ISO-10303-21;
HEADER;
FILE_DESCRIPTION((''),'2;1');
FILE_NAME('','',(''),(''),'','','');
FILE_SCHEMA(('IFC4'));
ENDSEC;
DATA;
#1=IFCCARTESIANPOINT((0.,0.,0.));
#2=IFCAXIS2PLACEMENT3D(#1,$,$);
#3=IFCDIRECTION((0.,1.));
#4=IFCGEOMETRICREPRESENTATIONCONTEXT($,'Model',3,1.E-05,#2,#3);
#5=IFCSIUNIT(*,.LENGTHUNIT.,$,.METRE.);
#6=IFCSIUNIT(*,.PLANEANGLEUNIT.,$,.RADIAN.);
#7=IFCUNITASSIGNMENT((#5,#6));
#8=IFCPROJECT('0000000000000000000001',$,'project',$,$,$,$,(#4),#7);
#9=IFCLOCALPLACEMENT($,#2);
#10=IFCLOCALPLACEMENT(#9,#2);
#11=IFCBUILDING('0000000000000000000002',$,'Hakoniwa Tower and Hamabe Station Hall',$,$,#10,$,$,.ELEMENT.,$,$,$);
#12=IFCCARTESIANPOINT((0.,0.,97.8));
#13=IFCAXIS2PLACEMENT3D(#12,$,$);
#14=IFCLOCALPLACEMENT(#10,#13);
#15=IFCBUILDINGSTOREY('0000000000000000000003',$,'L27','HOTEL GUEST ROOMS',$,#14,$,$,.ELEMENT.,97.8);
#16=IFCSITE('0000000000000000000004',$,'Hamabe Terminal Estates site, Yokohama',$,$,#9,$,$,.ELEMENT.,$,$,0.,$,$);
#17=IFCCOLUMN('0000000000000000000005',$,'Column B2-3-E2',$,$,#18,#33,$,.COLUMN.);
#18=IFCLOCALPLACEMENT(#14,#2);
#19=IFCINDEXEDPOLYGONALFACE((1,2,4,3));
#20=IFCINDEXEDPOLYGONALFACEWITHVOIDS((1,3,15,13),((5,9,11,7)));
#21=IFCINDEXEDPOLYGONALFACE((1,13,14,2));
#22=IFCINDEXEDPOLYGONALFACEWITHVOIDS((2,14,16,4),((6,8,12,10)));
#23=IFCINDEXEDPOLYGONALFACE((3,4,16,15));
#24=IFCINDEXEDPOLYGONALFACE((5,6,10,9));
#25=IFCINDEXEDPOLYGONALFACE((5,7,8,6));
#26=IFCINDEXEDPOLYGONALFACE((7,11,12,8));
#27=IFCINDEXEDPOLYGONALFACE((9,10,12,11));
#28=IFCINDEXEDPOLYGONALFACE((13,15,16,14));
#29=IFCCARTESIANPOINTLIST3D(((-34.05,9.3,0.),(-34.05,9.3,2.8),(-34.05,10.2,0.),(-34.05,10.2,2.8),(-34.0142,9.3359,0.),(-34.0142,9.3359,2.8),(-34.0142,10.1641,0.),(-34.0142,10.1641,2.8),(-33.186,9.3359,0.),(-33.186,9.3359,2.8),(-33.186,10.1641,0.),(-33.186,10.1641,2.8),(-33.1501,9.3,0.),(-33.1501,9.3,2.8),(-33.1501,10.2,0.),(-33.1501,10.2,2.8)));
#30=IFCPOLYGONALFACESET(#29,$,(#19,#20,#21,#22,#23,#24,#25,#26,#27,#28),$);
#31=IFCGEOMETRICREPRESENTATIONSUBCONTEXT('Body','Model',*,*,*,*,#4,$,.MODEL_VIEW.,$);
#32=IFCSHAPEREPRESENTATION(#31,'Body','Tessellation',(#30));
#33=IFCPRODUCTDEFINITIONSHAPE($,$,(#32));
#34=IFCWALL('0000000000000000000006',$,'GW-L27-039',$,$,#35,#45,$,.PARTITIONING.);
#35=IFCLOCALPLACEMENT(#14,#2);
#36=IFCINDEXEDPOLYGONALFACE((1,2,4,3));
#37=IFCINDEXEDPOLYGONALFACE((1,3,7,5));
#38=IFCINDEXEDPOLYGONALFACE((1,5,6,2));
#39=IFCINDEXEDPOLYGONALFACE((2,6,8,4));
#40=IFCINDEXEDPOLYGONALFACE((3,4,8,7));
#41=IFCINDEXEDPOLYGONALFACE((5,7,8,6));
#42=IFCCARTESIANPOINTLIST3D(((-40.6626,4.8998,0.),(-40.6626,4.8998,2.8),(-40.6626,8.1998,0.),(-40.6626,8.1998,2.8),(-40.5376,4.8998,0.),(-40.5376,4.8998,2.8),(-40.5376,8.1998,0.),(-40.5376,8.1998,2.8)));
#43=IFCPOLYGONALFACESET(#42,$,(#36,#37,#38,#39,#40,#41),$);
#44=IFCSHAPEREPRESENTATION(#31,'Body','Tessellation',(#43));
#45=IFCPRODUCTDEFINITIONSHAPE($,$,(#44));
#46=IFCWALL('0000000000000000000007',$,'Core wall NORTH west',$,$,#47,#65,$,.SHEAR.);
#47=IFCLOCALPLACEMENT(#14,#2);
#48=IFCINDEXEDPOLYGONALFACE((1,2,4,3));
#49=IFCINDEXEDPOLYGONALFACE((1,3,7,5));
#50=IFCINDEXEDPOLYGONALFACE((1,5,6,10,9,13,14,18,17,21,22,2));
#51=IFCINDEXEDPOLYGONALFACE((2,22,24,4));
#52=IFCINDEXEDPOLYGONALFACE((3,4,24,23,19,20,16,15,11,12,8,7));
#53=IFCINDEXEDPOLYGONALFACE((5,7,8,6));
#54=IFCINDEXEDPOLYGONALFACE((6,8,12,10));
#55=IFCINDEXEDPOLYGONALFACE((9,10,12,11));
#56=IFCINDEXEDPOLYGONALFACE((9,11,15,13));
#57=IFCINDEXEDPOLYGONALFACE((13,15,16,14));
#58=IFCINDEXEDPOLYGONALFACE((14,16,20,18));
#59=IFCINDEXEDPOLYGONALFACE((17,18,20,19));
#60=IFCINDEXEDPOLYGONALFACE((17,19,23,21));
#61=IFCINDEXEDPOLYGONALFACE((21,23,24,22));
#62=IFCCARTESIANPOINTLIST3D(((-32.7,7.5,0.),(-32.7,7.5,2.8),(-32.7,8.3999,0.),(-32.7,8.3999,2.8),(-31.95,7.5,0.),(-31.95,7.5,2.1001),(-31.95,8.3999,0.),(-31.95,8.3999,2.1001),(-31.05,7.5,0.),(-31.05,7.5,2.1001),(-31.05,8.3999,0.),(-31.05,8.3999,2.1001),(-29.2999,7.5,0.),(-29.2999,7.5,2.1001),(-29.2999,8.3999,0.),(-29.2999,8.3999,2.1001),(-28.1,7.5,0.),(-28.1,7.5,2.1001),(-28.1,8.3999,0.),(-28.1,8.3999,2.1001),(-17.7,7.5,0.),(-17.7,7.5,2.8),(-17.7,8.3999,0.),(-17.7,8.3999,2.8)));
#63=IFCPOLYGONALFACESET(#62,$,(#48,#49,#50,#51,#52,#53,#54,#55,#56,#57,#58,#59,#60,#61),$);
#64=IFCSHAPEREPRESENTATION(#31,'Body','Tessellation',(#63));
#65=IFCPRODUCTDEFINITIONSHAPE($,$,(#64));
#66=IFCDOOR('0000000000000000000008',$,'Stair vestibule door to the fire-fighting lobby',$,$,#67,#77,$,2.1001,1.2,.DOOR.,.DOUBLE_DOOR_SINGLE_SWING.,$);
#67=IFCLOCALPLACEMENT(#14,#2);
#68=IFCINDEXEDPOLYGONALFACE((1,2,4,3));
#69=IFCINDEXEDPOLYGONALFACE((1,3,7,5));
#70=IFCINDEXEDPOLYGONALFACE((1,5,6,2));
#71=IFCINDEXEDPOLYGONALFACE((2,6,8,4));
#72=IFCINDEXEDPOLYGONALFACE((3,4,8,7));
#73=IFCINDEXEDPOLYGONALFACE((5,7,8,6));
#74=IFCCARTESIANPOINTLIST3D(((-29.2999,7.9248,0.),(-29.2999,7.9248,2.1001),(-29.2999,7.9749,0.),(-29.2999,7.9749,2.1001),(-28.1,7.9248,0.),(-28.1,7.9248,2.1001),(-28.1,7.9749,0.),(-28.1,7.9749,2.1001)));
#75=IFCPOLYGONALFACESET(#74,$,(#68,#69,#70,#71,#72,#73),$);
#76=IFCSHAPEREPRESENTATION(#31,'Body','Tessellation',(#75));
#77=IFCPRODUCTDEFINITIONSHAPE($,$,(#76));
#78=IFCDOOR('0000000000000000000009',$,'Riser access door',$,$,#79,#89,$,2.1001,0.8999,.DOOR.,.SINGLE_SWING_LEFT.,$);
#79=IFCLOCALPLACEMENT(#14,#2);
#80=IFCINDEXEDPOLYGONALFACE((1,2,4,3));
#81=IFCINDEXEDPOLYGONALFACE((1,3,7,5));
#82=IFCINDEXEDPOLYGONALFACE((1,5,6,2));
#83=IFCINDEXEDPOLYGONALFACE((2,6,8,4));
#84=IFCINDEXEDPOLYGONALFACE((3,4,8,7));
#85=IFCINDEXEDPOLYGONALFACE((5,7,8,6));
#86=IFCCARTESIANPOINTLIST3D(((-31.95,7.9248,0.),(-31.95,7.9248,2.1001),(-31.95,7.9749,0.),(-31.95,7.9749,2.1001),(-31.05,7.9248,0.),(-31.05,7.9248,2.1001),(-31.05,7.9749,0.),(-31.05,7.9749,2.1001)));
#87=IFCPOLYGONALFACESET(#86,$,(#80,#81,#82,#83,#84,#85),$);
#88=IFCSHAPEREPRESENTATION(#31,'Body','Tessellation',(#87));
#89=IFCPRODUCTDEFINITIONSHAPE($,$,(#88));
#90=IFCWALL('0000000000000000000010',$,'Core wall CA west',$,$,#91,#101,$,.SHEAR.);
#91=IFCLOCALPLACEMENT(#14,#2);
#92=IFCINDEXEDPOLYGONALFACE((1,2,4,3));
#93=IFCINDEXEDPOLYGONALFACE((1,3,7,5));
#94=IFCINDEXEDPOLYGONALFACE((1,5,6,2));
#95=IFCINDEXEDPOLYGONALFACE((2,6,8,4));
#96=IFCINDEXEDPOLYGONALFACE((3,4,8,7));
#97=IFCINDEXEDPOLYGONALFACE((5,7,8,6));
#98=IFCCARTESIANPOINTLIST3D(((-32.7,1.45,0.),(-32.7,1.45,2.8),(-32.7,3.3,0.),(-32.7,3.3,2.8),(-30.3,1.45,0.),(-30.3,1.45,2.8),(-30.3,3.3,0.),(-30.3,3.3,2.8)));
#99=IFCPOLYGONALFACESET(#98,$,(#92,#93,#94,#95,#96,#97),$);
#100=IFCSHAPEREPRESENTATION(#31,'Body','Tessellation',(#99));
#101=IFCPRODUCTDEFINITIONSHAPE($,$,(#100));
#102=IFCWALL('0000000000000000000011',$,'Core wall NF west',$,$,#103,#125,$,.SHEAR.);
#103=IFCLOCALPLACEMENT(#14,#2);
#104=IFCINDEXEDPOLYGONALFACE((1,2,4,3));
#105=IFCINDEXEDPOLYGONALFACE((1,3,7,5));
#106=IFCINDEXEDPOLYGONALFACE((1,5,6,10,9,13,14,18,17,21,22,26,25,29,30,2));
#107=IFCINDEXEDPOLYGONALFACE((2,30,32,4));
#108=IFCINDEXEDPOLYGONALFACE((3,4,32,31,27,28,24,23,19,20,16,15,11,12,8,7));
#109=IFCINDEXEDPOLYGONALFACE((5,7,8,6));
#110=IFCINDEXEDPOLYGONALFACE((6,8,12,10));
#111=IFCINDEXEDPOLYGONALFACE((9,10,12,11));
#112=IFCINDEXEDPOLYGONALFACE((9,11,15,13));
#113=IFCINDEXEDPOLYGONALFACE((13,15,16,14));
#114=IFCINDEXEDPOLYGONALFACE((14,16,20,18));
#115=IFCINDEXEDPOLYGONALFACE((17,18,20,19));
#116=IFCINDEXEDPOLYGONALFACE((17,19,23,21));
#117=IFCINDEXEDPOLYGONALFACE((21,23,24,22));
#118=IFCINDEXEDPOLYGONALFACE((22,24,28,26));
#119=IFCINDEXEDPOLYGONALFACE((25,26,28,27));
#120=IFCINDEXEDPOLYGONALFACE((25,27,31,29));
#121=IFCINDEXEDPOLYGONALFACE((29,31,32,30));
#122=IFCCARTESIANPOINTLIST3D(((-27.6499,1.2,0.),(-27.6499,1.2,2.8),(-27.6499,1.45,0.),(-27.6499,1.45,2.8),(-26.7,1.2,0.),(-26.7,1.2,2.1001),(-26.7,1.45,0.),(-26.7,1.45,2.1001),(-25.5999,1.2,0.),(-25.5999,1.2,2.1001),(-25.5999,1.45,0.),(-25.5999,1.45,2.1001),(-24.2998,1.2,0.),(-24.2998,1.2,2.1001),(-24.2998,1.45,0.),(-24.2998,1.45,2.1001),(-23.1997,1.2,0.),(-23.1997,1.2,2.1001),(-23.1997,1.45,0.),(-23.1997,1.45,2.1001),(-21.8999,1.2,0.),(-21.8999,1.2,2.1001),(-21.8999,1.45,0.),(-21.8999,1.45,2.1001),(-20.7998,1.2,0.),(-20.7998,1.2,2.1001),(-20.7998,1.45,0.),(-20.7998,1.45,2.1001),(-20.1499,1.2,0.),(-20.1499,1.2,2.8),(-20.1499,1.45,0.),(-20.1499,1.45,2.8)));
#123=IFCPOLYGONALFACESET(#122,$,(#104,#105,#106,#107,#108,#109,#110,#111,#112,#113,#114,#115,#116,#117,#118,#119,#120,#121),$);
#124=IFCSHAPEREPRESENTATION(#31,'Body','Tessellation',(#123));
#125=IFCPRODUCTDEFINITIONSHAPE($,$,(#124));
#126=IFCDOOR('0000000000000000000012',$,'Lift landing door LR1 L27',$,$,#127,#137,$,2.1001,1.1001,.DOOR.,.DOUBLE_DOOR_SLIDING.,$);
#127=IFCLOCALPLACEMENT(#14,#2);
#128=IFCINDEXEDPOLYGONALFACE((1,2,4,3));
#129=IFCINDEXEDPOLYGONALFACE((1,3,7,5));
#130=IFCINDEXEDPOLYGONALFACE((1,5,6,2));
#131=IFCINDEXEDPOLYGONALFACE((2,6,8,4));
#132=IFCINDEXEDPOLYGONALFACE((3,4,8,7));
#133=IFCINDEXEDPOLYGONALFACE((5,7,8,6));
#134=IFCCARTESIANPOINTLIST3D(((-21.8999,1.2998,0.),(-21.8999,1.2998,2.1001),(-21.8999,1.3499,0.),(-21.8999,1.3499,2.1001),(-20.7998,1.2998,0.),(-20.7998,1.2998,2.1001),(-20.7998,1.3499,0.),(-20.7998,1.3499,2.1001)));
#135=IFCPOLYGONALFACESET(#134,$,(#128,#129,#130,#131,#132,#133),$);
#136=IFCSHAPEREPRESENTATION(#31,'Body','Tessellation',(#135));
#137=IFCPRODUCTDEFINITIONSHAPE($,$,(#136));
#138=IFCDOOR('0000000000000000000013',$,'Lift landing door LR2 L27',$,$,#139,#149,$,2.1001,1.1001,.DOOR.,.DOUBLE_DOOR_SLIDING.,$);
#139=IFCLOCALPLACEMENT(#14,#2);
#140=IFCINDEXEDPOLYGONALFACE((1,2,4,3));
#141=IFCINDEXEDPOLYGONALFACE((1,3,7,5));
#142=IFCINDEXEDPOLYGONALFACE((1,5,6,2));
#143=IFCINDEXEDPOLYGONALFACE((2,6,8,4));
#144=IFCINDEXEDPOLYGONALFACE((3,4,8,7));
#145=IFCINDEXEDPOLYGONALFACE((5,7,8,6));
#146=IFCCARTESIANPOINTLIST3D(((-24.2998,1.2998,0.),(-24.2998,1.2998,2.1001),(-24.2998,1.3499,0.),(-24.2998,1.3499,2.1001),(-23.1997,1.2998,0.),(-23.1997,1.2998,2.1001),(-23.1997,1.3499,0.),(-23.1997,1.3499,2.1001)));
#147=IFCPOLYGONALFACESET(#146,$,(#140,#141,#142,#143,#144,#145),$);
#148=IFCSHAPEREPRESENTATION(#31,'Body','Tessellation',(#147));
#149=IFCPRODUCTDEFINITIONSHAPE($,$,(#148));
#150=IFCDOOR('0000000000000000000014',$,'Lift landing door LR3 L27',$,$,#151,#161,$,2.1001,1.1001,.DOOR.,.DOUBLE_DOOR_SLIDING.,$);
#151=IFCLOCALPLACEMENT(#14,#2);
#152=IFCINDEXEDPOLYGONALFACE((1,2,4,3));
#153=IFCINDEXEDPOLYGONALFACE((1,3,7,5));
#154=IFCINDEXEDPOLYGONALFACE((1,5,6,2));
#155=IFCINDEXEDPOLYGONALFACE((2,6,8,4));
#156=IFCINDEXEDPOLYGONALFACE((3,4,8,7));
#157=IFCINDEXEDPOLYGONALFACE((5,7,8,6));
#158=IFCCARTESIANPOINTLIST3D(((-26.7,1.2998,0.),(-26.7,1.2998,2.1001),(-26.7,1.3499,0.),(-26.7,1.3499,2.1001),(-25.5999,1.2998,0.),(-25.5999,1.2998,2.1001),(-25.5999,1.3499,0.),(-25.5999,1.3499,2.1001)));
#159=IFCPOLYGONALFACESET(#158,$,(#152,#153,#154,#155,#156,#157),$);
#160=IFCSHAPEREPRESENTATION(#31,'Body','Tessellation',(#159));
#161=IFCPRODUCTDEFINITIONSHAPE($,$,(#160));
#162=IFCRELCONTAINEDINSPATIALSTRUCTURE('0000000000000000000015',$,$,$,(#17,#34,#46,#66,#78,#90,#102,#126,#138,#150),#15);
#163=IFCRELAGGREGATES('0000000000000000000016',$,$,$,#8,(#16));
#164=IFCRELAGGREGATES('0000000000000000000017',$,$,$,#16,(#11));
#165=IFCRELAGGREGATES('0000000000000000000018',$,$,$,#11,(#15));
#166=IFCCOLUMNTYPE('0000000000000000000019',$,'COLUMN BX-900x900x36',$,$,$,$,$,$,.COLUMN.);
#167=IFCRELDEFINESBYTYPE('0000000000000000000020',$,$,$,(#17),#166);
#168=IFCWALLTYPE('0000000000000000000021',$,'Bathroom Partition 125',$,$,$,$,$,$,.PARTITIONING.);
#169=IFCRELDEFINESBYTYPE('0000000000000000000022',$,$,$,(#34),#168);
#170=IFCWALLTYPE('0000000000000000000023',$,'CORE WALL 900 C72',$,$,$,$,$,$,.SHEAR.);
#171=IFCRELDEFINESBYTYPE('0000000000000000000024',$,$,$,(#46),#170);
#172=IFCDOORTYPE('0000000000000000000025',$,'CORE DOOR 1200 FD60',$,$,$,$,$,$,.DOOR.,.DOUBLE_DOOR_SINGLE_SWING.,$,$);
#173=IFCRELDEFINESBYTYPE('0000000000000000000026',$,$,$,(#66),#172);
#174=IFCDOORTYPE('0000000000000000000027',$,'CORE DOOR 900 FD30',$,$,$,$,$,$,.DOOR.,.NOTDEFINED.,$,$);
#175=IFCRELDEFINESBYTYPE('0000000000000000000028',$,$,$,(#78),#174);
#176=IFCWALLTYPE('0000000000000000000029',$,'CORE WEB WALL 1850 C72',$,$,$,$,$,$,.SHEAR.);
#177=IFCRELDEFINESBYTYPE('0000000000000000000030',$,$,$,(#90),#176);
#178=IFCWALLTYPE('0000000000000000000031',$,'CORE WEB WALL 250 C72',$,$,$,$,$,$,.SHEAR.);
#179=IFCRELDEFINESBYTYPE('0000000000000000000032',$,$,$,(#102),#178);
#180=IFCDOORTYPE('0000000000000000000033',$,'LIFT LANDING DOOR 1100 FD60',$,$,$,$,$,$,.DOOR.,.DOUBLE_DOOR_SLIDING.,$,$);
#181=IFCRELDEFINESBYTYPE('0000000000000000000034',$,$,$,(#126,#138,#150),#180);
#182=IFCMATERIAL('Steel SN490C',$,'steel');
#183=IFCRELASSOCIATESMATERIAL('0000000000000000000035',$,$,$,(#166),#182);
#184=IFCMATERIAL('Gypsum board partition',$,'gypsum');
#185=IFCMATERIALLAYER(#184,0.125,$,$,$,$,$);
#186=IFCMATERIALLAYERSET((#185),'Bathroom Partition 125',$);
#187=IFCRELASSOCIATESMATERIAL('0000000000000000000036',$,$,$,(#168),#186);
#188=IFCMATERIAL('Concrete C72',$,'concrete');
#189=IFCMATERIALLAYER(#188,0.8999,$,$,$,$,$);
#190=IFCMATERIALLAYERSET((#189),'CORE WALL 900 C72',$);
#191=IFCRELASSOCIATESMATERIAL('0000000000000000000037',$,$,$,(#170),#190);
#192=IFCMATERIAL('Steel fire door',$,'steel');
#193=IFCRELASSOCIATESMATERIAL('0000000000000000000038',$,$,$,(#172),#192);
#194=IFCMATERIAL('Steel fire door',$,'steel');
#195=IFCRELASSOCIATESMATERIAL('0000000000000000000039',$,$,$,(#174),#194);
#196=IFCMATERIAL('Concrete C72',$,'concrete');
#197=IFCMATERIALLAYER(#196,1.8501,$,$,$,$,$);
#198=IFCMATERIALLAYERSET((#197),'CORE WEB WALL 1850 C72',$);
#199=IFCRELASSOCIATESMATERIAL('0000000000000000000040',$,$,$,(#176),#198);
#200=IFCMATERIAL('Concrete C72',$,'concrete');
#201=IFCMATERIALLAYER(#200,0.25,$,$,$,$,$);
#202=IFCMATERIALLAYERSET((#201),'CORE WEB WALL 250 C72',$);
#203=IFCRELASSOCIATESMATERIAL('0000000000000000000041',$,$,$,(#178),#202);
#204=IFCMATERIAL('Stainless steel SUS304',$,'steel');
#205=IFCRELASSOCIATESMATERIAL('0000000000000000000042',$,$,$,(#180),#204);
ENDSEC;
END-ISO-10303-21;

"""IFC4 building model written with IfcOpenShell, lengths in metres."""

from ifc_helpers import new_model, si_unit, direction, frame, frame_2d, origin, origin_2d, place, context, subcontext, project, spatial, rectangle, hollow_rectangle, extrude, material, layer, layer_set, material_profile, profile_set, type_object, element, fill, save


model = new_model("IFC4")

# Units and contexts
model_context = context("Model", 3, precision=1e-05, world=origin(), true_north=direction((0.0, 1.0)))
body_context = subcontext(model_context, "Body", "Model", "MODEL_VIEW")
ifc_project = project(units=[si_unit("LENGTHUNIT", "METRE"), si_unit("PLANEANGLEUNIT", "RADIAN")], contexts=[model_context])

# Site, building, storey
site_placement = place(None, origin())
site = spatial("IfcSite", under=ifc_project, at=site_placement, Name="Hamabe Terminal Estates site, Yokohama", CompositionType="ELEMENT", RefElevation=0.0)
building_placement = place(site_placement, origin())
building = spatial("IfcBuilding", under=site, at=building_placement, Name="Hakoniwa Tower and Hamabe Station Hall", CompositionType="ELEMENT")
storey_placement = place(building_placement, frame((0.0, 0.0, 97.8)))
storey = spatial("IfcBuildingStorey", under=building, at=storey_placement, Name="L27", Description="HOTEL GUEST ROOMS", CompositionType="ELEMENT", Elevation=97.8)

# Column
ifc_material_1 = material(Name="Steel SN490C", Category="steel")
ifc_material_profile = material_profile(ifc_material_1, hollow_rectangle(XDim=0.8999, YDim=0.8999, WallThickness=0.0359, at=origin_2d()), Name="BX-900x900x36")
ifc_profile_set = profile_set([ifc_material_profile], Name="Steel SN490C")
column_type = type_object("IfcColumnType", Name="COLUMN BX-900x900x36", PredefinedType="COLUMN", material=ifc_profile_set)
column_placement = place(storey_placement, frame((-33.6001, 9.75, 0.0), z_axis=(0.0, 0.0, 1.0), x_axis=(1.0, 0.0, 0.0)))
element("IfcColumn", 1, at=column_placement, inside=storey, type_object=column_type, Name="Column B2-3-E2", PredefinedType="COLUMN", context=body_context, shape_type="SweptSolid", body=[
    extrude(hollow_rectangle(XDim=0.8999, YDim=0.8999, WallThickness=0.0359, at=origin_2d()), origin(), (0.0, 0.0, 1.0), 2.8),
])

# Wall
ifc_material_2 = material(Name="Gypsum board partition", Category="gypsum")
ifc_layer_1 = layer(ifc_material_2, 0.125)
ifc_layer_set_1 = layer_set([ifc_layer_1], Name="Bathroom Partition 125")
wall_type_1 = type_object("IfcWallType", Name="Bathroom Partition 125", PredefinedType="PARTITIONING", material=ifc_layer_set_1)
wall_1_placement = place(storey_placement, frame((-40.6001, 4.8999, 0.0), z_axis=(0.0, 0.0, 1.0), x_axis=(0.0, 1.0, 0.0)))
element("IfcWall", 2, at=wall_1_placement, inside=storey, type_object=wall_type_1, Name="GW-L27-039", PredefinedType="PARTITIONING", context=body_context, shape_type="SweptSolid", body=[
    extrude(rectangle(XDim=3.3, YDim=0.125, at=frame_2d((1.6499, 0.0))), origin(), (0.0, 0.0, 1.0), 2.8),
])

# Wall, openings, doors
ifc_material_3 = material(Name="Concrete C72", Category="concrete")
ifc_layer_2 = layer(ifc_material_3, 0.8999)
ifc_layer_set_2 = layer_set([ifc_layer_2], Name="CORE WALL 900 C72")
wall_type_2 = type_object("IfcWallType", Name="CORE WALL 900 C72", PredefinedType="SHEAR", material=ifc_layer_set_2)
wall_2_placement = place(storey_placement, frame((-32.7, 7.95, 0.0), z_axis=(0.0, 0.0, 1.0), x_axis=(1.0, 0.0, 0.0)))
wall_2 = element("IfcWall", 3, at=wall_2_placement, inside=storey, type_object=wall_type_2, Name="Core wall NORTH west", PredefinedType="SHEAR", context=body_context, shape_type="SweptSolid", body=[
    extrude(rectangle(XDim=15.0, YDim=0.8999, at=frame_2d((7.5, 0.0))), origin(), (0.0, 0.0, 1.0), 2.8),
])
opening_1_placement = place(wall_2_placement, frame((3.3999, 0.0, 0.0)))
opening_1 = element("IfcOpeningElement", 4, at=opening_1_placement, cuts=wall_2, PredefinedType="OPENING", context=body_context, shape_type="SweptSolid", body=[
    extrude(rectangle(XDim=1.2, YDim=2.1001, at=frame_2d((0.6001, 1.05))), frame((0.0, 0.46, 0.0), z_axis=(0.0, -1.0, 0.0), x_axis=(1.0, 0.0, 0.0)), (0.0, 0.0, 1.0), 0.9199),
])
opening_2_placement = place(wall_2_placement, frame((0.75, 0.0, 0.0)))
opening_2 = element("IfcOpeningElement", 5, at=opening_2_placement, cuts=wall_2, PredefinedType="OPENING", context=body_context, shape_type="SweptSolid", body=[
    extrude(rectangle(XDim=0.8999, YDim=2.1001, at=frame_2d((0.45, 1.05))), frame((0.0, 0.46, 0.0), z_axis=(0.0, -1.0, 0.0), x_axis=(1.0, 0.0, 0.0)), (0.0, 0.0, 1.0), 0.9199),
])
ifc_material_4 = material(Name="Steel fire door", Category="steel")
door_type_1 = type_object("IfcDoorType", Name="CORE DOOR 1200 FD60", OperationType="DOUBLE_DOOR_SINGLE_SWING", PredefinedType="DOOR", material=ifc_material_4)
door_1_placement = place(opening_1_placement, origin())
door_1 = element("IfcDoor", 6, at=door_1_placement, inside=storey, type_object=door_type_1, Name="Stair vestibule door to the fire-fighting lobby", OperationType="DOUBLE_DOOR_SINGLE_SWING", OverallHeight=2.1001, OverallWidth=1.2, PredefinedType="DOOR", context=body_context, shape_type="SweptSolid", body=[
    extrude(rectangle(XDim=1.2, YDim=2.1001, at=frame_2d((0.6001, 1.05))), frame((0.0, 0.0249, 0.0), z_axis=(0.0, -1.0, 0.0), x_axis=(1.0, 0.0, 0.0)), (0.0, 0.0, 1.0), 0.05),
])
fill(opening_1, door_1)
ifc_material_5 = material(Name="Steel fire door", Category="steel")
door_type_2 = type_object("IfcDoorType", Name="CORE DOOR 900 FD30", OperationType="NOTDEFINED", PredefinedType="DOOR", material=ifc_material_5)
door_2_placement = place(opening_2_placement, origin())
door_2 = element("IfcDoor", 7, at=door_2_placement, inside=storey, type_object=door_type_2, Name="Riser access door", OperationType="SINGLE_SWING_LEFT", OverallHeight=2.1001, OverallWidth=0.8999, PredefinedType="DOOR", context=body_context, shape_type="SweptSolid", body=[
    extrude(rectangle(XDim=0.8999, YDim=2.1001, at=frame_2d((0.45, 1.05))), frame((0.0, 0.0249, 0.0), z_axis=(0.0, -1.0, 0.0), x_axis=(1.0, 0.0, 0.0)), (0.0, 0.0, 1.0), 0.05),
])
fill(opening_2, door_2)

# Wall
ifc_material_6 = material(Name="Concrete C72", Category="concrete")
ifc_layer_3 = layer(ifc_material_6, 1.8501)
ifc_layer_set_3 = layer_set([ifc_layer_3], Name="CORE WEB WALL 1850 C72")
wall_type_3 = type_object("IfcWallType", Name="CORE WEB WALL 1850 C72", PredefinedType="SHEAR", material=ifc_layer_set_3)
wall_3_placement = place(storey_placement, frame((-32.7, 2.375, 0.0), z_axis=(0.0, 0.0, 1.0), x_axis=(1.0, 0.0, 0.0)))
element("IfcWall", 8, at=wall_3_placement, inside=storey, type_object=wall_type_3, Name="Core wall CA west", PredefinedType="SHEAR", context=body_context, shape_type="SweptSolid", body=[
    extrude(rectangle(XDim=2.3999, YDim=1.8501, at=frame_2d((1.2, 0.0))), origin(), (0.0, 0.0, 1.0), 2.8),
])

# Wall, openings, doors
ifc_material_7 = material(Name="Concrete C72", Category="concrete")
ifc_layer_4 = layer(ifc_material_7, 0.25)
ifc_layer_set_4 = layer_set([ifc_layer_4], Name="CORE WEB WALL 250 C72")
wall_type_4 = type_object("IfcWallType", Name="CORE WEB WALL 250 C72", PredefinedType="SHEAR", material=ifc_layer_set_4)
wall_4_placement = place(storey_placement, frame((-27.6499, 1.325, 0.0), z_axis=(0.0, 0.0, 1.0), x_axis=(1.0, 0.0, 0.0)))
wall_4 = element("IfcWall", 9, at=wall_4_placement, inside=storey, type_object=wall_type_4, Name="Core wall NF west", PredefinedType="SHEAR", context=body_context, shape_type="SweptSolid", body=[
    extrude(rectangle(XDim=7.5, YDim=0.25, at=frame_2d((3.75, 0.0))), origin(), (0.0, 0.0, 1.0), 2.8),
])
opening_3_placement = place(wall_4_placement, frame((5.75, 0.0, 0.0)))
opening_3 = element("IfcOpeningElement", 10, at=opening_3_placement, cuts=wall_4, PredefinedType="OPENING", context=body_context, shape_type="SweptSolid", body=[
    extrude(rectangle(XDim=1.1001, YDim=2.1001, at=frame_2d((0.55, 1.05))), frame((0.0, 0.135, 0.0), z_axis=(0.0, -1.0, 0.0), x_axis=(1.0, 0.0, 0.0)), (0.0, 0.0, 1.0), 0.27),
])
opening_4_placement = place(wall_4_placement, frame((3.3501, 0.0, 0.0)))
opening_4 = element("IfcOpeningElement", 11, at=opening_4_placement, cuts=wall_4, PredefinedType="OPENING", context=body_context, shape_type="SweptSolid", body=[
    extrude(rectangle(XDim=1.1001, YDim=2.1001, at=frame_2d((0.55, 1.05))), frame((0.0, 0.135, 0.0), z_axis=(0.0, -1.0, 0.0), x_axis=(1.0, 0.0, 0.0)), (0.0, 0.0, 1.0), 0.27),
])
opening_5_placement = place(wall_4_placement, frame((0.95, 0.0, 0.0)))
opening_5 = element("IfcOpeningElement", 12, at=opening_5_placement, cuts=wall_4, PredefinedType="OPENING", context=body_context, shape_type="SweptSolid", body=[
    extrude(rectangle(XDim=1.1001, YDim=2.1001, at=frame_2d((0.55, 1.05))), frame((0.0, 0.135, 0.0), z_axis=(0.0, -1.0, 0.0), x_axis=(1.0, 0.0, 0.0)), (0.0, 0.0, 1.0), 0.27),
])
ifc_material_8 = material(Name="Stainless steel SUS304", Category="steel")
door_type_3 = type_object("IfcDoorType", Name="LIFT LANDING DOOR 1100 FD60", OperationType="DOUBLE_DOOR_SLIDING", PredefinedType="DOOR", material=ifc_material_8)
door_3_placement = place(opening_3_placement, origin())
door_3 = element("IfcDoor", 13, at=door_3_placement, inside=storey, type_object=door_type_3, Name="Lift landing door LR1 L27", OperationType="DOUBLE_DOOR_SLIDING", OverallHeight=2.1001, OverallWidth=1.1001, PredefinedType="DOOR", context=body_context, shape_type="SweptSolid", body=[
    extrude(rectangle(XDim=1.1001, YDim=2.1001, at=frame_2d((0.55, 1.05))), frame((0.0, 0.0249, 0.0), z_axis=(0.0, -1.0, 0.0), x_axis=(1.0, 0.0, 0.0)), (0.0, 0.0, 1.0), 0.05),
])
fill(opening_3, door_3)
door_4_placement = place(opening_4_placement, origin())
door_4 = element("IfcDoor", 14, at=door_4_placement, inside=storey, type_object=door_type_3, Name="Lift landing door LR2 L27", OperationType="DOUBLE_DOOR_SLIDING", OverallHeight=2.1001, OverallWidth=1.1001, PredefinedType="DOOR", context=body_context, shape_type="SweptSolid", body=[
    extrude(rectangle(XDim=1.1001, YDim=2.1001, at=frame_2d((0.55, 1.05))), frame((0.0, 0.0249, 0.0), z_axis=(0.0, -1.0, 0.0), x_axis=(1.0, 0.0, 0.0)), (0.0, 0.0, 1.0), 0.05),
])
fill(opening_4, door_4)
door_5_placement = place(opening_5_placement, origin())
door_5 = element("IfcDoor", 15, at=door_5_placement, inside=storey, type_object=door_type_3, Name="Lift landing door LR3 L27", OperationType="DOUBLE_DOOR_SLIDING", OverallHeight=2.1001, OverallWidth=1.1001, PredefinedType="DOOR", context=body_context, shape_type="SweptSolid", body=[
    extrude(rectangle(XDim=1.1001, YDim=2.1001, at=frame_2d((0.55, 1.05))), frame((0.0, 0.0249, 0.0), z_axis=(0.0, -1.0, 0.0), x_axis=(1.0, 0.0, 0.0)), (0.0, 0.0, 1.0), 0.05),
])
fill(opening_5, door_5)

save(model, "model.ifc")
